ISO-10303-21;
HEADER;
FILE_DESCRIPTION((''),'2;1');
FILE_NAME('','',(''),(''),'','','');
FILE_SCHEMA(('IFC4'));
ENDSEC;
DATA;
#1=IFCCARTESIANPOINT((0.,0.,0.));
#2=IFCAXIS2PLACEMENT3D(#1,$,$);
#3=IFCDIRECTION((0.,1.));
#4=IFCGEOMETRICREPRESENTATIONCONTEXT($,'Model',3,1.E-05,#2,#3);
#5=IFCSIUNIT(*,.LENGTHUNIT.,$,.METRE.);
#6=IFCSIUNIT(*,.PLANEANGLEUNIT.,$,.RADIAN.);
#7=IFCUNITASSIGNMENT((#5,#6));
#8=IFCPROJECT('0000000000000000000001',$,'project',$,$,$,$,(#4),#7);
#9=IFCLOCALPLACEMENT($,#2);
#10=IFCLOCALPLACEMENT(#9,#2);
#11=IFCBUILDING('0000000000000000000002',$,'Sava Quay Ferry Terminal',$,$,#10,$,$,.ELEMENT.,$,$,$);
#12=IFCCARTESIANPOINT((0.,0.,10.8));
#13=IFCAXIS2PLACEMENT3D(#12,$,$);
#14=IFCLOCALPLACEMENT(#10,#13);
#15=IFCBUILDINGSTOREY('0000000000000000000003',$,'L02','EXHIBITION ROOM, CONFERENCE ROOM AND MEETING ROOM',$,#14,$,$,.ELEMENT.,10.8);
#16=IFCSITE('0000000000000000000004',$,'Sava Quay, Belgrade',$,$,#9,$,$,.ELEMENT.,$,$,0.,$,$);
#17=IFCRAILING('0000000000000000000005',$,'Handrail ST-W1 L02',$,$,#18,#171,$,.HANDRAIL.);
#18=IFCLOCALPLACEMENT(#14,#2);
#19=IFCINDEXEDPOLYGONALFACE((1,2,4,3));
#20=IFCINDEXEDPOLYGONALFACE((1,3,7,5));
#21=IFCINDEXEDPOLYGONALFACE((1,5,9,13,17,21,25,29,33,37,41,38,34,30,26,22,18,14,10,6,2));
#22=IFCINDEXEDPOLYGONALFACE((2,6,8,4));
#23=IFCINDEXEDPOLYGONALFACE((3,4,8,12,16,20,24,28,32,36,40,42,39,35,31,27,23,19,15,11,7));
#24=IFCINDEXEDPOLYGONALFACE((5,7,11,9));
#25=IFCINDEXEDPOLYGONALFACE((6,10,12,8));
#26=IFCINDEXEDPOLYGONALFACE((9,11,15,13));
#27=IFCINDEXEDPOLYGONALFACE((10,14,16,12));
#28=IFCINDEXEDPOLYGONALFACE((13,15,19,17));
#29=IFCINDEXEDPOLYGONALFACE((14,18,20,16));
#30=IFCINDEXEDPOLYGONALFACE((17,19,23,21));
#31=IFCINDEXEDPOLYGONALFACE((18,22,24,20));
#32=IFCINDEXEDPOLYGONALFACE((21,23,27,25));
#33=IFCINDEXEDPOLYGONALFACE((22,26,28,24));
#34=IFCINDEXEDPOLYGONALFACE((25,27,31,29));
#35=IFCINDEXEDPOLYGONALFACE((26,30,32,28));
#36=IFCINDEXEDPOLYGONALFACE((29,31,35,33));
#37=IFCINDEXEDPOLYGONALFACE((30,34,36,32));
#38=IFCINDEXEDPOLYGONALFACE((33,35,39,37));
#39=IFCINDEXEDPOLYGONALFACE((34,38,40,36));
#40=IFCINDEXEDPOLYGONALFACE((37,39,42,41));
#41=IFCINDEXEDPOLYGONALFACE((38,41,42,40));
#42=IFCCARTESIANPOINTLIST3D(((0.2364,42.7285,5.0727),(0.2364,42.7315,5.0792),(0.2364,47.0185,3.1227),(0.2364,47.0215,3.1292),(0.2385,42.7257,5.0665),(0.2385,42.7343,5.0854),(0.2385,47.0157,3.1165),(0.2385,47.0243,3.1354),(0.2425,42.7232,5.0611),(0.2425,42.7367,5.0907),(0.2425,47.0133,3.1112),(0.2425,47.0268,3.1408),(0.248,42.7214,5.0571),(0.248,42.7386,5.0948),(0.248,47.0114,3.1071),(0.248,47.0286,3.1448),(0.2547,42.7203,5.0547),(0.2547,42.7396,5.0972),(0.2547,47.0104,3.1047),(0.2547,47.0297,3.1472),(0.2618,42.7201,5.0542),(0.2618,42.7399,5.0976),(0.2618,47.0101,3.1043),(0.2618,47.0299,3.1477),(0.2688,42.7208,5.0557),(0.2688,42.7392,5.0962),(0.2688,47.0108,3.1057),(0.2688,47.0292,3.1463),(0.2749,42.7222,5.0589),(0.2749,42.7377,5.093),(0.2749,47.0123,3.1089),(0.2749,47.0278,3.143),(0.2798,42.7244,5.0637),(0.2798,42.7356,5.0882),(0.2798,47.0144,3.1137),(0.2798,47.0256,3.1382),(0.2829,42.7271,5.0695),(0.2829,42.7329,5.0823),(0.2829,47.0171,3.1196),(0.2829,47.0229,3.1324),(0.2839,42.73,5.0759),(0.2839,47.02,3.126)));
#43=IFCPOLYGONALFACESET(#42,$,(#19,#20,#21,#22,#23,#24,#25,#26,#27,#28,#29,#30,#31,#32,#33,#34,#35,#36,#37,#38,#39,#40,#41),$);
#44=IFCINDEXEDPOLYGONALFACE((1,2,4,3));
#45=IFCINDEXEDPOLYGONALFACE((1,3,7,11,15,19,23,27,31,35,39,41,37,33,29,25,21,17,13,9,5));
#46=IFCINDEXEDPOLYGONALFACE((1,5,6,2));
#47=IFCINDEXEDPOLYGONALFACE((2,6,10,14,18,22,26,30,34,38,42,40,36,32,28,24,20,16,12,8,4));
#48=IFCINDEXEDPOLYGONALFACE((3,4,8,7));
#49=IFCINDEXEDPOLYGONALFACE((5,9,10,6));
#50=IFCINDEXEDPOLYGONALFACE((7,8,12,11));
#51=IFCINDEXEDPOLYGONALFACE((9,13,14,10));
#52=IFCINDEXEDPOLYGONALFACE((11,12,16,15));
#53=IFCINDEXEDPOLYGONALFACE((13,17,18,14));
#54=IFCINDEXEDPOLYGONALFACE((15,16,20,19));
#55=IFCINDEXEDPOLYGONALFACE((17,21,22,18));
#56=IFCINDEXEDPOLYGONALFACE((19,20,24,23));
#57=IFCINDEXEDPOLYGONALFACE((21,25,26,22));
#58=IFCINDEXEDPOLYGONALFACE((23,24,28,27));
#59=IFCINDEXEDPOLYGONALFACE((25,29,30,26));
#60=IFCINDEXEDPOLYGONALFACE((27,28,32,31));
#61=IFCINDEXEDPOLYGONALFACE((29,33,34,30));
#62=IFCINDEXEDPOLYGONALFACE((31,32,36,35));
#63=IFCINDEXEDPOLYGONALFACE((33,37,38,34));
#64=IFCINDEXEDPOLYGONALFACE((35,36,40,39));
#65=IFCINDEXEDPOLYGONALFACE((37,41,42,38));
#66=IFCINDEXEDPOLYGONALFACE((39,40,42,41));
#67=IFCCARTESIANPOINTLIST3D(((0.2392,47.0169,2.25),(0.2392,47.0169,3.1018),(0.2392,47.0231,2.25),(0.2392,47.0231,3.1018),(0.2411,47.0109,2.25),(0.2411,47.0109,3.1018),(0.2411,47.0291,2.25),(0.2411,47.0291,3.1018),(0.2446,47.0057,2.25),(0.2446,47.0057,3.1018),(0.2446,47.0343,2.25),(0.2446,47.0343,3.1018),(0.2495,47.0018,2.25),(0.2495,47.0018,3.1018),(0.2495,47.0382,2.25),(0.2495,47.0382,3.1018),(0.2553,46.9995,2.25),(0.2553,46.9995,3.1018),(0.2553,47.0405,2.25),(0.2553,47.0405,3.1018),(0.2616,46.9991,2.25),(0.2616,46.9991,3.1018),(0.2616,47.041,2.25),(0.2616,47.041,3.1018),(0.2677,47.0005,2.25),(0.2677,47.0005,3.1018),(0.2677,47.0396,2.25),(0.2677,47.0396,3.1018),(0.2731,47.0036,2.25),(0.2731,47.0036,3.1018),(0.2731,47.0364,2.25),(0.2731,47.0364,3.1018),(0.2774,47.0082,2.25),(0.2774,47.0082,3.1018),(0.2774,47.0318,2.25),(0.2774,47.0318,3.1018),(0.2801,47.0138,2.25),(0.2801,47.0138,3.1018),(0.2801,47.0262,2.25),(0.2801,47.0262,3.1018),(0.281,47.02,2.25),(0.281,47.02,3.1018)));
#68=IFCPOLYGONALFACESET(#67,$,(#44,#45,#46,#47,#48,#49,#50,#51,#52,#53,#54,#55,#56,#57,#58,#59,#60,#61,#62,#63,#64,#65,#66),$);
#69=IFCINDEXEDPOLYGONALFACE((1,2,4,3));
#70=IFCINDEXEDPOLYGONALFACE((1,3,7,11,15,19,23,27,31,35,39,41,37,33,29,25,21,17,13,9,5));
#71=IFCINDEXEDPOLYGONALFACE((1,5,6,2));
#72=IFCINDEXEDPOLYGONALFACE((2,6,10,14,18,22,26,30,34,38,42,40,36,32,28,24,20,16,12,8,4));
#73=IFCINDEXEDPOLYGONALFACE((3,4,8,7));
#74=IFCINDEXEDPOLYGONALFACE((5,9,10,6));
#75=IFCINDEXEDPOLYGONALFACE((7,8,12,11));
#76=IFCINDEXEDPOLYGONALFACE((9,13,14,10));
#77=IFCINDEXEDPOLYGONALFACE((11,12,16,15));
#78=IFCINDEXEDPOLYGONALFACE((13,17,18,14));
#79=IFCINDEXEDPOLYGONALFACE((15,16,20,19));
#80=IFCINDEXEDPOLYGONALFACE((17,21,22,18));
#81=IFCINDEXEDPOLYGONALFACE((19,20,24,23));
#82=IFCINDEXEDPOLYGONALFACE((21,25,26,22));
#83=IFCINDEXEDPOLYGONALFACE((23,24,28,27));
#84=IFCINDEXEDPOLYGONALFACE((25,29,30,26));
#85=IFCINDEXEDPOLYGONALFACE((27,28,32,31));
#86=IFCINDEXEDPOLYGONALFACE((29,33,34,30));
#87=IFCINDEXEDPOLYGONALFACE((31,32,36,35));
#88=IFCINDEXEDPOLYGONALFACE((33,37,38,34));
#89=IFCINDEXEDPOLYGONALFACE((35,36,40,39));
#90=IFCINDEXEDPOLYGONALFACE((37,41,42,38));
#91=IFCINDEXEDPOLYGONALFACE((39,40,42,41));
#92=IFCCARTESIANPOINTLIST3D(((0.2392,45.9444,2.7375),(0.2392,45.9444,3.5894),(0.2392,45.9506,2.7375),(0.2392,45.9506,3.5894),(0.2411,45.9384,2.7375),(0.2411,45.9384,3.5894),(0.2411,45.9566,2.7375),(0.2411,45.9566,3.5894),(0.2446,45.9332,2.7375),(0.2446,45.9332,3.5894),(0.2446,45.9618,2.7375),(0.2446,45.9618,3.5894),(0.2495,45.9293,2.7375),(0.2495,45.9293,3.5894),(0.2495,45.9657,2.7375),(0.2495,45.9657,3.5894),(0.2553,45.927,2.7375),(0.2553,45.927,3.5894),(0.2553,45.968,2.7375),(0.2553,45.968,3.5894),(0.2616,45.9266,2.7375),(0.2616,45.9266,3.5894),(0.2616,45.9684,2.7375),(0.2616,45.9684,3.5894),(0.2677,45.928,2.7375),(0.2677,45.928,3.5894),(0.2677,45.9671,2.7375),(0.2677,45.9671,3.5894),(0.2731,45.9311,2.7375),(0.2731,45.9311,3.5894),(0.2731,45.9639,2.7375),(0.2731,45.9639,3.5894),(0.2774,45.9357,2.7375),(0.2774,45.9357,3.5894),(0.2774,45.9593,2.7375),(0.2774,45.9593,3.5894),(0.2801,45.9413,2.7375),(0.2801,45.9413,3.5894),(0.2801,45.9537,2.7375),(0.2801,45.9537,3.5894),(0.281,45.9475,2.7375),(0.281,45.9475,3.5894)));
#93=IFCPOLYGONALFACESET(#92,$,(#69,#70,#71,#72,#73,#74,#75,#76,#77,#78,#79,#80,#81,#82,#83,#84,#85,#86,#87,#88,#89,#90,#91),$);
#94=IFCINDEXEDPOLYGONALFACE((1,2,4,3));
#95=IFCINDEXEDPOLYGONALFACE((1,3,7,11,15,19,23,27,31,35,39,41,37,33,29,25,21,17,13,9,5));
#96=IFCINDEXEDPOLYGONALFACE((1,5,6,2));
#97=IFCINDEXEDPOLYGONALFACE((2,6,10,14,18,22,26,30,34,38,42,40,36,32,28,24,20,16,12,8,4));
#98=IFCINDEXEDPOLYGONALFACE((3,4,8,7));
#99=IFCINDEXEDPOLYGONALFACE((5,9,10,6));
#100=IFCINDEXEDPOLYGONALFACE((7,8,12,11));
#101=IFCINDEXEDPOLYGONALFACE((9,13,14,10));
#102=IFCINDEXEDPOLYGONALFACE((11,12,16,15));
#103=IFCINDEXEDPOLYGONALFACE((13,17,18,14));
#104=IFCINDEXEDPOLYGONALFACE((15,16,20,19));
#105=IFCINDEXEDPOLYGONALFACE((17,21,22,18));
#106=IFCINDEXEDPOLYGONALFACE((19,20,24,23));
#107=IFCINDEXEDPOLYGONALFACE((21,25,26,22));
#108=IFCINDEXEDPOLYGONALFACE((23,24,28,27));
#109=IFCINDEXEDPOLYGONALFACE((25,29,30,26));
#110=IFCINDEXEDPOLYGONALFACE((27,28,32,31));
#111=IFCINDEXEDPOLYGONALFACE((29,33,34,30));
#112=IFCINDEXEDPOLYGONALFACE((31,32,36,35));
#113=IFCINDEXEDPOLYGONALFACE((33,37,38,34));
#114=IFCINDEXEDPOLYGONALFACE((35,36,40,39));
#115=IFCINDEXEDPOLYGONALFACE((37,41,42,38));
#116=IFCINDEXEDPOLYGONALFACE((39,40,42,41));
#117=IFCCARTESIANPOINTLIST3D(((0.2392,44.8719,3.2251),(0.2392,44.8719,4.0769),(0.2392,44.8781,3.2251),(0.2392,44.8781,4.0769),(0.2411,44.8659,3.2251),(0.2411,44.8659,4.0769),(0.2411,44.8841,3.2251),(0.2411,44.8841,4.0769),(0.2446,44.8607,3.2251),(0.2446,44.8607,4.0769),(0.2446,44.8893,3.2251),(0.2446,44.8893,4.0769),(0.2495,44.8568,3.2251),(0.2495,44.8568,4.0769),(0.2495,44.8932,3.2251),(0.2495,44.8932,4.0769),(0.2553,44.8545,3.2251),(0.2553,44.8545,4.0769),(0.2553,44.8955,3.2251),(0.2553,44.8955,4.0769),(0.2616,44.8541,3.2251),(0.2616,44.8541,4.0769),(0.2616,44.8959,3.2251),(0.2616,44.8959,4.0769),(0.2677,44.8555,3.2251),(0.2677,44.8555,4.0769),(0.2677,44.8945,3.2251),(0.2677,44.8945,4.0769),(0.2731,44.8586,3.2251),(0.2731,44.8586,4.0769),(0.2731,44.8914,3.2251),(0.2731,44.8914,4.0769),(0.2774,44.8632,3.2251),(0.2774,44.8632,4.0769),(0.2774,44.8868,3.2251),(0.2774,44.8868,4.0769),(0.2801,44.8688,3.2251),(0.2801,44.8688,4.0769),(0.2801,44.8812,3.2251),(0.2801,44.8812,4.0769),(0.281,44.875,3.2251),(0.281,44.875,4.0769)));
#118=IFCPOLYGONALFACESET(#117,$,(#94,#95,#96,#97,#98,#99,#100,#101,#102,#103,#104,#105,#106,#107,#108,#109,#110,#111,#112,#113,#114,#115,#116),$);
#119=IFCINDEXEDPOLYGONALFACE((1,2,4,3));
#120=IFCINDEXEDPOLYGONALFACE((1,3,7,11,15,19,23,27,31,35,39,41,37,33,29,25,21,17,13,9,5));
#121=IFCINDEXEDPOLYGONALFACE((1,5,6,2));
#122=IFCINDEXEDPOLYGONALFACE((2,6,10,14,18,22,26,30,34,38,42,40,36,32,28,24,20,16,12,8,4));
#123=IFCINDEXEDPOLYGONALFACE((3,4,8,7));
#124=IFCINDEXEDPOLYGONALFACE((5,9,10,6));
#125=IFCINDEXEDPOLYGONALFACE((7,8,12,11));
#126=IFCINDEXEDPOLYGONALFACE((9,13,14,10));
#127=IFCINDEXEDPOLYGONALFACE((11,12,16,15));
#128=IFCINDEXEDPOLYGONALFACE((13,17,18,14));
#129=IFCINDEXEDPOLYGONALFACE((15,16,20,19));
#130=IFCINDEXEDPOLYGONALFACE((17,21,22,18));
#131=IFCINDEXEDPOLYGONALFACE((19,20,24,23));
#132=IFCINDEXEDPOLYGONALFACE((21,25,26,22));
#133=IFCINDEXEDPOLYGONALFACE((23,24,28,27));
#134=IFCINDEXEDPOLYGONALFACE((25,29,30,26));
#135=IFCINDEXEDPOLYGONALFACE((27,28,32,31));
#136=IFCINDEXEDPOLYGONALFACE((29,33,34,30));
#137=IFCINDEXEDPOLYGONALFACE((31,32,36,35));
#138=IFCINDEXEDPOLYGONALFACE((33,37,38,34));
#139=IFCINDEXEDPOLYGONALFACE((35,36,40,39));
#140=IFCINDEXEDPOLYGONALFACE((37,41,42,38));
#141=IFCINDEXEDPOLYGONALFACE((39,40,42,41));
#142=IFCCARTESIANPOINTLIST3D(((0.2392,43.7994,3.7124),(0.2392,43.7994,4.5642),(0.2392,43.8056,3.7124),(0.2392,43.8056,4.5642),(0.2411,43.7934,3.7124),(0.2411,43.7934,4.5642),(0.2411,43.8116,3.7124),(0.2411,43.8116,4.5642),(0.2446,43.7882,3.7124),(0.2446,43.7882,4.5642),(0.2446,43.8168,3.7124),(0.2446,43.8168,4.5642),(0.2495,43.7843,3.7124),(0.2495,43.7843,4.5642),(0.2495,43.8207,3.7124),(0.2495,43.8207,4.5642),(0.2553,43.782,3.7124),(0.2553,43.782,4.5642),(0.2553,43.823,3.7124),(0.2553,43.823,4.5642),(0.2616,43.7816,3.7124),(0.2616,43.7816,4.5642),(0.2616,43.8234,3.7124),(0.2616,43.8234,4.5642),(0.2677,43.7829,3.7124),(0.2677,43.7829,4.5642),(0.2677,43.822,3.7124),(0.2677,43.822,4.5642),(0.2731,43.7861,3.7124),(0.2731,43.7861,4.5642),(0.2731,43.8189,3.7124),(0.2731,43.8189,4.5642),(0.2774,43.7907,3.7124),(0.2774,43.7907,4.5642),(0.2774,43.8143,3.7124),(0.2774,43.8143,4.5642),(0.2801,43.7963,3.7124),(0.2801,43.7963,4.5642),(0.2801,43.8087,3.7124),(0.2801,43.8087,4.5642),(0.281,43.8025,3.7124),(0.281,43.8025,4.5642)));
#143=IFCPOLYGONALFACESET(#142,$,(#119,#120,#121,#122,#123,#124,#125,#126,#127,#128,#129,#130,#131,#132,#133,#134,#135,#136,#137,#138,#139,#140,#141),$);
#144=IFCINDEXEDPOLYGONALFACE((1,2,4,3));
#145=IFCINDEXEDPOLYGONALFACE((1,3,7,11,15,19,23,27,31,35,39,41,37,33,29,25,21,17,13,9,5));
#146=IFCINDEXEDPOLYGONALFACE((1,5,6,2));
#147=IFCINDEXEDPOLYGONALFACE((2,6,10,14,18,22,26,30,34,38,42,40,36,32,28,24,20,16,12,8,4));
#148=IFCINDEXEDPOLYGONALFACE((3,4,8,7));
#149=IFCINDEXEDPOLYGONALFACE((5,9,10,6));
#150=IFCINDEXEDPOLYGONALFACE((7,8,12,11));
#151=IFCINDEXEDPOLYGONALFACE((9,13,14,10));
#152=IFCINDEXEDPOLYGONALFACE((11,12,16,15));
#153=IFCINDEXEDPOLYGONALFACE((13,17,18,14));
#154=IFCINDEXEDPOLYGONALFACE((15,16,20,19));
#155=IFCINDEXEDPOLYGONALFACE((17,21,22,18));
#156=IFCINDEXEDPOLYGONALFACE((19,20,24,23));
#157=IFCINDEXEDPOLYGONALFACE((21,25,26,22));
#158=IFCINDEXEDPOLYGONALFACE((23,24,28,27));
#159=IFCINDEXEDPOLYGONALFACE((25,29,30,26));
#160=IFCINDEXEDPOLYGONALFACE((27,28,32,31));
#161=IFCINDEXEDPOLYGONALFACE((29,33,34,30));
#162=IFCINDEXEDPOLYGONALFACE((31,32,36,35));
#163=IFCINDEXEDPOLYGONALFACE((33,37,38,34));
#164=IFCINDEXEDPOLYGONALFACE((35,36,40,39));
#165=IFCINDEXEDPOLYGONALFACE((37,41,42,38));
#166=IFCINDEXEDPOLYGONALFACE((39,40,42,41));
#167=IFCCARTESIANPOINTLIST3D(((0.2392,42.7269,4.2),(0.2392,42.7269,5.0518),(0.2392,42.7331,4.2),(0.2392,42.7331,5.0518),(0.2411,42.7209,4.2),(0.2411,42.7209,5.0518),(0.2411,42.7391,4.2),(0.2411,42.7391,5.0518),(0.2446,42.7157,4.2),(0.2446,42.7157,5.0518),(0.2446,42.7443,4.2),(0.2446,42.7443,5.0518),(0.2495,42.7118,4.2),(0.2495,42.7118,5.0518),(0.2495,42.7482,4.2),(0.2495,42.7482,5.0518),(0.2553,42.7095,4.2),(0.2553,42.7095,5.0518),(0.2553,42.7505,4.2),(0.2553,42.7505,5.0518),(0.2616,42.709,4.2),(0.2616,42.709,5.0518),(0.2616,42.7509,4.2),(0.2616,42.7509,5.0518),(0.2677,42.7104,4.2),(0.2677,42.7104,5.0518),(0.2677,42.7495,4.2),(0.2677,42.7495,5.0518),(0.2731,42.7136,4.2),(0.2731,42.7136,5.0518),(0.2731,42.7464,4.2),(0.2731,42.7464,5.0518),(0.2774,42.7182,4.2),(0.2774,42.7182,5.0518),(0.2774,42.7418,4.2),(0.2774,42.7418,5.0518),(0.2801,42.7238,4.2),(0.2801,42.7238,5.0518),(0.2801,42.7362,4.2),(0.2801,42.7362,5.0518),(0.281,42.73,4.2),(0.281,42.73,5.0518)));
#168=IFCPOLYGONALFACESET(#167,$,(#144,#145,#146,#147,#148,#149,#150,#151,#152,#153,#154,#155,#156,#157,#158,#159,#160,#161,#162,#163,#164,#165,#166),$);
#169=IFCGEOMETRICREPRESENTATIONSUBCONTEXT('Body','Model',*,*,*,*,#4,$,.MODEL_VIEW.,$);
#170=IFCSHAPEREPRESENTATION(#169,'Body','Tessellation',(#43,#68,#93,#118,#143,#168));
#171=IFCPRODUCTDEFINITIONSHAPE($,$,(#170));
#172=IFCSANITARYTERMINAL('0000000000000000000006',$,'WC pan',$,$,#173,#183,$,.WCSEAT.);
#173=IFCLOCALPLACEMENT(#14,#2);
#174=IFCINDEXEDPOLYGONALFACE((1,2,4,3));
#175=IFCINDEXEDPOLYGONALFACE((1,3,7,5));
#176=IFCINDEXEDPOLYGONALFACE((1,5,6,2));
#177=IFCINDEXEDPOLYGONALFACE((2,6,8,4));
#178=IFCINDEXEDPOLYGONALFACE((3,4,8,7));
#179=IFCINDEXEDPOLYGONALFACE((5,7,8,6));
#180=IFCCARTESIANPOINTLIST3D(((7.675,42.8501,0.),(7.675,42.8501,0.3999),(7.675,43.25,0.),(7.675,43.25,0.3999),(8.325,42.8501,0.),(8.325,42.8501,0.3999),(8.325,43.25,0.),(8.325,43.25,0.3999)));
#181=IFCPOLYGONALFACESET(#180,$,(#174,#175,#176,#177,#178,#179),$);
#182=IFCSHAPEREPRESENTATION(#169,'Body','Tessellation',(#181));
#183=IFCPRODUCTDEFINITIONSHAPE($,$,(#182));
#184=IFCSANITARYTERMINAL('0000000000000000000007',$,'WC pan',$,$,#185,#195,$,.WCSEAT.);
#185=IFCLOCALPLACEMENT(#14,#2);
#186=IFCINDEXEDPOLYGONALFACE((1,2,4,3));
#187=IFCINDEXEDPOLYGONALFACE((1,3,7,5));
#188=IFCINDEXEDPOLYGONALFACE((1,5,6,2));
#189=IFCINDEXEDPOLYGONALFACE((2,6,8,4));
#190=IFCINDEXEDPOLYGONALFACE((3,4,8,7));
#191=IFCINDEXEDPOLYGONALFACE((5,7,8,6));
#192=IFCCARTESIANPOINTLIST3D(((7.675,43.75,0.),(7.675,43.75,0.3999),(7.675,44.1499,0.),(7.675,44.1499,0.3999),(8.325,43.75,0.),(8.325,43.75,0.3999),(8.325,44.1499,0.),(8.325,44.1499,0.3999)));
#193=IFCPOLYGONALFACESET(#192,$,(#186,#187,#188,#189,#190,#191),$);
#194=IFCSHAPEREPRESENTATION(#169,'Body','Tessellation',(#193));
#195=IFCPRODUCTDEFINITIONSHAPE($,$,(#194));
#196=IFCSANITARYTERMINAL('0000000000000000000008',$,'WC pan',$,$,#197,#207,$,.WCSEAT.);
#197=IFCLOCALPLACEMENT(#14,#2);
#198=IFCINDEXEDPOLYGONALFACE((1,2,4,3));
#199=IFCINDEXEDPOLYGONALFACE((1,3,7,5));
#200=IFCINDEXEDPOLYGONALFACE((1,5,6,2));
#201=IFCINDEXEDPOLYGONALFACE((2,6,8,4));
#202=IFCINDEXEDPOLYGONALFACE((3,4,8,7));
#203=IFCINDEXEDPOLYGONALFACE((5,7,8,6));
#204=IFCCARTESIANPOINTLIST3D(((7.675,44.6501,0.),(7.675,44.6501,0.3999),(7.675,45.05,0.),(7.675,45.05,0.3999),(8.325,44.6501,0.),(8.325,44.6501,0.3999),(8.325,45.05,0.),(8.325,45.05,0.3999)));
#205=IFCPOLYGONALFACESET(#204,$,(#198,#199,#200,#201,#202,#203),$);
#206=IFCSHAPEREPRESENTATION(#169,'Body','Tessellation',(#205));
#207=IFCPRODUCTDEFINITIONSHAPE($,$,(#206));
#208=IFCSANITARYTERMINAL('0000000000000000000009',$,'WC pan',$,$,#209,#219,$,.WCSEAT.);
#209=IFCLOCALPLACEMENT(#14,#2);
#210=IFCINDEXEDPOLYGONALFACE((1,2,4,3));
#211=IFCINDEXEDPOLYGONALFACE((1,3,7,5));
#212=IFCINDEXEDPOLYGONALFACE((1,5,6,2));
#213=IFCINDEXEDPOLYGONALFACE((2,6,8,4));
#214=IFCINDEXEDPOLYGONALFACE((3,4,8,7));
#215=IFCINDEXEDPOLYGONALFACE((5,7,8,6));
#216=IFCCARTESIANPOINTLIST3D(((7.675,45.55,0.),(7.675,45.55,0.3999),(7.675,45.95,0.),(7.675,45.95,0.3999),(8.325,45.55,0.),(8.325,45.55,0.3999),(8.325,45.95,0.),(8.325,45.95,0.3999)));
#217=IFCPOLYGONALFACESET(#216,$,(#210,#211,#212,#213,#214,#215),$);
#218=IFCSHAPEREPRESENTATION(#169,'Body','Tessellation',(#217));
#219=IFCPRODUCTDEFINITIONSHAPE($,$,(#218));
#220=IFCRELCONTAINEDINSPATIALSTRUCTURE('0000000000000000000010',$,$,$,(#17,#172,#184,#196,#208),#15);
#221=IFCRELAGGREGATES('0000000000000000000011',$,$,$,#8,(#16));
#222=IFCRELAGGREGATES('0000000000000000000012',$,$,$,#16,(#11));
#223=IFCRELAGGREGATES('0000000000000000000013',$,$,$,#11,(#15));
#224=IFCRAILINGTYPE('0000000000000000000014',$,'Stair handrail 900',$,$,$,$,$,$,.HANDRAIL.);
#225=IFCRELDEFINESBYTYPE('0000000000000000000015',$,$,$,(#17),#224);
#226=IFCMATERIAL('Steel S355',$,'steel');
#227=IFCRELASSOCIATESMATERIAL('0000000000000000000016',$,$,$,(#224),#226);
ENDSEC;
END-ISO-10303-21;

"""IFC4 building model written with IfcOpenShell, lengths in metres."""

from ifc_helpers import new_model, si_unit, direction, frame, origin, origin_2d, place, context, subcontext, project, spatial, rectangle, circle, extrude, material, type_object, element, save


model = new_model("IFC4")

# Units and contexts
model_context = context("Model", 3, precision=1e-05, world=origin(), true_north=direction((0.0, 1.0)))
body_context = subcontext(model_context, "Body", "Model", "MODEL_VIEW")
ifc_project = project(units=[si_unit("LENGTHUNIT", "METRE"), si_unit("PLANEANGLEUNIT", "RADIAN")], contexts=[model_context])

# Site, building, storey
site_placement = place(None, origin())
site = spatial("IfcSite", under=ifc_project, at=site_placement, Name="Sava Quay, Belgrade", CompositionType="ELEMENT", RefElevation=0.0)
building_placement = place(site_placement, origin())
building = spatial("IfcBuilding", under=site, at=building_placement, Name="Sava Quay Ferry Terminal", CompositionType="ELEMENT")
storey_placement = place(building_placement, frame((0.0, 0.0, 10.8)))
storey = spatial("IfcBuildingStorey", under=building, at=storey_placement, Name="L02", Description="EXHIBITION ROOM, CONFERENCE ROOM AND MEETING ROOM", CompositionType="ELEMENT", Elevation=10.8)

# Railing
ifc_material_1 = material(Name="Steel S355", Category="steel")
railing_type_1 = type_object("IfcRailingType", Name="Stair handrail 900", PredefinedType="HANDRAIL", material=ifc_material_1)
railing_1_placement = place(storey_placement, frame((0.26, 47.02, 2.25)))
element("IfcRailing", 1, at=railing_1_placement, inside=storey, type_object=railing_type_1, Name="Handrail ST-W1 L02", PredefinedType="HANDRAIL", context=body_context, shape_type="SweptSolid", body=[
    extrude(circle(Radius=0.0239, at=origin_2d()), frame((0.0, 0.0, 0.876), z_axis=(0.0, -0.910372, 0.413791), x_axis=(1.0, 0.0, 0.0)), (0.0, 0.0, 1.0), 4.7124),
    extrude(circle(Radius=0.021, at=origin_2d()), origin(), (0.0, 0.0, 1.0), 0.8518),
    extrude(circle(Radius=0.021, at=origin_2d()), frame((0.0, -1.0725, 0.4875)), (0.0, 0.0, 1.0), 0.8518),
    extrude(circle(Radius=0.021, at=origin_2d()), frame((0.0, -2.145, 0.9751)), (0.0, 0.0, 1.0), 0.8518),
    extrude(circle(Radius=0.021, at=origin_2d()), frame((0.0, -3.2175, 1.4624)), (0.0, 0.0, 1.0), 0.8518),
    extrude(circle(Radius=0.021, at=origin_2d()), frame((0.0, -4.29, 1.95)), (0.0, 0.0, 1.0), 0.8518),
])

# Sanitary terminals
for number, where, z_axis, x_axis, name in (
    (2, (8.0, 43.05, 0.0), (0.0, 0.0, 1.0), (1.0, 0.0, 0.0), "WC pan"),
    (3, (8.0, 43.95, 0.0), (0.0, 0.0, 1.0), (1.0, 0.0, 0.0), "WC pan"),
    (4, (8.0, 44.8501, 0.0), (0.0, 0.0, 1.0), (1.0, 0.0, 0.0), "WC pan"),
    (5, (8.0, 45.75, 0.0), (0.0, 0.0, 1.0), (1.0, 0.0, 0.0), "WC pan"),
):
    element("IfcSanitaryTerminal", number, at=place(storey_placement, frame(where, z_axis=z_axis, x_axis=x_axis)), inside=storey, Name=name, PredefinedType="WCSEAT", context=body_context, shape_type="SweptSolid", body=[
        extrude(rectangle(XDim=0.6499, YDim=0.3999, at=origin_2d()), origin(), (0.0, 0.0, 1.0), 0.3999),
    ])

save(model, "model.ifc")
